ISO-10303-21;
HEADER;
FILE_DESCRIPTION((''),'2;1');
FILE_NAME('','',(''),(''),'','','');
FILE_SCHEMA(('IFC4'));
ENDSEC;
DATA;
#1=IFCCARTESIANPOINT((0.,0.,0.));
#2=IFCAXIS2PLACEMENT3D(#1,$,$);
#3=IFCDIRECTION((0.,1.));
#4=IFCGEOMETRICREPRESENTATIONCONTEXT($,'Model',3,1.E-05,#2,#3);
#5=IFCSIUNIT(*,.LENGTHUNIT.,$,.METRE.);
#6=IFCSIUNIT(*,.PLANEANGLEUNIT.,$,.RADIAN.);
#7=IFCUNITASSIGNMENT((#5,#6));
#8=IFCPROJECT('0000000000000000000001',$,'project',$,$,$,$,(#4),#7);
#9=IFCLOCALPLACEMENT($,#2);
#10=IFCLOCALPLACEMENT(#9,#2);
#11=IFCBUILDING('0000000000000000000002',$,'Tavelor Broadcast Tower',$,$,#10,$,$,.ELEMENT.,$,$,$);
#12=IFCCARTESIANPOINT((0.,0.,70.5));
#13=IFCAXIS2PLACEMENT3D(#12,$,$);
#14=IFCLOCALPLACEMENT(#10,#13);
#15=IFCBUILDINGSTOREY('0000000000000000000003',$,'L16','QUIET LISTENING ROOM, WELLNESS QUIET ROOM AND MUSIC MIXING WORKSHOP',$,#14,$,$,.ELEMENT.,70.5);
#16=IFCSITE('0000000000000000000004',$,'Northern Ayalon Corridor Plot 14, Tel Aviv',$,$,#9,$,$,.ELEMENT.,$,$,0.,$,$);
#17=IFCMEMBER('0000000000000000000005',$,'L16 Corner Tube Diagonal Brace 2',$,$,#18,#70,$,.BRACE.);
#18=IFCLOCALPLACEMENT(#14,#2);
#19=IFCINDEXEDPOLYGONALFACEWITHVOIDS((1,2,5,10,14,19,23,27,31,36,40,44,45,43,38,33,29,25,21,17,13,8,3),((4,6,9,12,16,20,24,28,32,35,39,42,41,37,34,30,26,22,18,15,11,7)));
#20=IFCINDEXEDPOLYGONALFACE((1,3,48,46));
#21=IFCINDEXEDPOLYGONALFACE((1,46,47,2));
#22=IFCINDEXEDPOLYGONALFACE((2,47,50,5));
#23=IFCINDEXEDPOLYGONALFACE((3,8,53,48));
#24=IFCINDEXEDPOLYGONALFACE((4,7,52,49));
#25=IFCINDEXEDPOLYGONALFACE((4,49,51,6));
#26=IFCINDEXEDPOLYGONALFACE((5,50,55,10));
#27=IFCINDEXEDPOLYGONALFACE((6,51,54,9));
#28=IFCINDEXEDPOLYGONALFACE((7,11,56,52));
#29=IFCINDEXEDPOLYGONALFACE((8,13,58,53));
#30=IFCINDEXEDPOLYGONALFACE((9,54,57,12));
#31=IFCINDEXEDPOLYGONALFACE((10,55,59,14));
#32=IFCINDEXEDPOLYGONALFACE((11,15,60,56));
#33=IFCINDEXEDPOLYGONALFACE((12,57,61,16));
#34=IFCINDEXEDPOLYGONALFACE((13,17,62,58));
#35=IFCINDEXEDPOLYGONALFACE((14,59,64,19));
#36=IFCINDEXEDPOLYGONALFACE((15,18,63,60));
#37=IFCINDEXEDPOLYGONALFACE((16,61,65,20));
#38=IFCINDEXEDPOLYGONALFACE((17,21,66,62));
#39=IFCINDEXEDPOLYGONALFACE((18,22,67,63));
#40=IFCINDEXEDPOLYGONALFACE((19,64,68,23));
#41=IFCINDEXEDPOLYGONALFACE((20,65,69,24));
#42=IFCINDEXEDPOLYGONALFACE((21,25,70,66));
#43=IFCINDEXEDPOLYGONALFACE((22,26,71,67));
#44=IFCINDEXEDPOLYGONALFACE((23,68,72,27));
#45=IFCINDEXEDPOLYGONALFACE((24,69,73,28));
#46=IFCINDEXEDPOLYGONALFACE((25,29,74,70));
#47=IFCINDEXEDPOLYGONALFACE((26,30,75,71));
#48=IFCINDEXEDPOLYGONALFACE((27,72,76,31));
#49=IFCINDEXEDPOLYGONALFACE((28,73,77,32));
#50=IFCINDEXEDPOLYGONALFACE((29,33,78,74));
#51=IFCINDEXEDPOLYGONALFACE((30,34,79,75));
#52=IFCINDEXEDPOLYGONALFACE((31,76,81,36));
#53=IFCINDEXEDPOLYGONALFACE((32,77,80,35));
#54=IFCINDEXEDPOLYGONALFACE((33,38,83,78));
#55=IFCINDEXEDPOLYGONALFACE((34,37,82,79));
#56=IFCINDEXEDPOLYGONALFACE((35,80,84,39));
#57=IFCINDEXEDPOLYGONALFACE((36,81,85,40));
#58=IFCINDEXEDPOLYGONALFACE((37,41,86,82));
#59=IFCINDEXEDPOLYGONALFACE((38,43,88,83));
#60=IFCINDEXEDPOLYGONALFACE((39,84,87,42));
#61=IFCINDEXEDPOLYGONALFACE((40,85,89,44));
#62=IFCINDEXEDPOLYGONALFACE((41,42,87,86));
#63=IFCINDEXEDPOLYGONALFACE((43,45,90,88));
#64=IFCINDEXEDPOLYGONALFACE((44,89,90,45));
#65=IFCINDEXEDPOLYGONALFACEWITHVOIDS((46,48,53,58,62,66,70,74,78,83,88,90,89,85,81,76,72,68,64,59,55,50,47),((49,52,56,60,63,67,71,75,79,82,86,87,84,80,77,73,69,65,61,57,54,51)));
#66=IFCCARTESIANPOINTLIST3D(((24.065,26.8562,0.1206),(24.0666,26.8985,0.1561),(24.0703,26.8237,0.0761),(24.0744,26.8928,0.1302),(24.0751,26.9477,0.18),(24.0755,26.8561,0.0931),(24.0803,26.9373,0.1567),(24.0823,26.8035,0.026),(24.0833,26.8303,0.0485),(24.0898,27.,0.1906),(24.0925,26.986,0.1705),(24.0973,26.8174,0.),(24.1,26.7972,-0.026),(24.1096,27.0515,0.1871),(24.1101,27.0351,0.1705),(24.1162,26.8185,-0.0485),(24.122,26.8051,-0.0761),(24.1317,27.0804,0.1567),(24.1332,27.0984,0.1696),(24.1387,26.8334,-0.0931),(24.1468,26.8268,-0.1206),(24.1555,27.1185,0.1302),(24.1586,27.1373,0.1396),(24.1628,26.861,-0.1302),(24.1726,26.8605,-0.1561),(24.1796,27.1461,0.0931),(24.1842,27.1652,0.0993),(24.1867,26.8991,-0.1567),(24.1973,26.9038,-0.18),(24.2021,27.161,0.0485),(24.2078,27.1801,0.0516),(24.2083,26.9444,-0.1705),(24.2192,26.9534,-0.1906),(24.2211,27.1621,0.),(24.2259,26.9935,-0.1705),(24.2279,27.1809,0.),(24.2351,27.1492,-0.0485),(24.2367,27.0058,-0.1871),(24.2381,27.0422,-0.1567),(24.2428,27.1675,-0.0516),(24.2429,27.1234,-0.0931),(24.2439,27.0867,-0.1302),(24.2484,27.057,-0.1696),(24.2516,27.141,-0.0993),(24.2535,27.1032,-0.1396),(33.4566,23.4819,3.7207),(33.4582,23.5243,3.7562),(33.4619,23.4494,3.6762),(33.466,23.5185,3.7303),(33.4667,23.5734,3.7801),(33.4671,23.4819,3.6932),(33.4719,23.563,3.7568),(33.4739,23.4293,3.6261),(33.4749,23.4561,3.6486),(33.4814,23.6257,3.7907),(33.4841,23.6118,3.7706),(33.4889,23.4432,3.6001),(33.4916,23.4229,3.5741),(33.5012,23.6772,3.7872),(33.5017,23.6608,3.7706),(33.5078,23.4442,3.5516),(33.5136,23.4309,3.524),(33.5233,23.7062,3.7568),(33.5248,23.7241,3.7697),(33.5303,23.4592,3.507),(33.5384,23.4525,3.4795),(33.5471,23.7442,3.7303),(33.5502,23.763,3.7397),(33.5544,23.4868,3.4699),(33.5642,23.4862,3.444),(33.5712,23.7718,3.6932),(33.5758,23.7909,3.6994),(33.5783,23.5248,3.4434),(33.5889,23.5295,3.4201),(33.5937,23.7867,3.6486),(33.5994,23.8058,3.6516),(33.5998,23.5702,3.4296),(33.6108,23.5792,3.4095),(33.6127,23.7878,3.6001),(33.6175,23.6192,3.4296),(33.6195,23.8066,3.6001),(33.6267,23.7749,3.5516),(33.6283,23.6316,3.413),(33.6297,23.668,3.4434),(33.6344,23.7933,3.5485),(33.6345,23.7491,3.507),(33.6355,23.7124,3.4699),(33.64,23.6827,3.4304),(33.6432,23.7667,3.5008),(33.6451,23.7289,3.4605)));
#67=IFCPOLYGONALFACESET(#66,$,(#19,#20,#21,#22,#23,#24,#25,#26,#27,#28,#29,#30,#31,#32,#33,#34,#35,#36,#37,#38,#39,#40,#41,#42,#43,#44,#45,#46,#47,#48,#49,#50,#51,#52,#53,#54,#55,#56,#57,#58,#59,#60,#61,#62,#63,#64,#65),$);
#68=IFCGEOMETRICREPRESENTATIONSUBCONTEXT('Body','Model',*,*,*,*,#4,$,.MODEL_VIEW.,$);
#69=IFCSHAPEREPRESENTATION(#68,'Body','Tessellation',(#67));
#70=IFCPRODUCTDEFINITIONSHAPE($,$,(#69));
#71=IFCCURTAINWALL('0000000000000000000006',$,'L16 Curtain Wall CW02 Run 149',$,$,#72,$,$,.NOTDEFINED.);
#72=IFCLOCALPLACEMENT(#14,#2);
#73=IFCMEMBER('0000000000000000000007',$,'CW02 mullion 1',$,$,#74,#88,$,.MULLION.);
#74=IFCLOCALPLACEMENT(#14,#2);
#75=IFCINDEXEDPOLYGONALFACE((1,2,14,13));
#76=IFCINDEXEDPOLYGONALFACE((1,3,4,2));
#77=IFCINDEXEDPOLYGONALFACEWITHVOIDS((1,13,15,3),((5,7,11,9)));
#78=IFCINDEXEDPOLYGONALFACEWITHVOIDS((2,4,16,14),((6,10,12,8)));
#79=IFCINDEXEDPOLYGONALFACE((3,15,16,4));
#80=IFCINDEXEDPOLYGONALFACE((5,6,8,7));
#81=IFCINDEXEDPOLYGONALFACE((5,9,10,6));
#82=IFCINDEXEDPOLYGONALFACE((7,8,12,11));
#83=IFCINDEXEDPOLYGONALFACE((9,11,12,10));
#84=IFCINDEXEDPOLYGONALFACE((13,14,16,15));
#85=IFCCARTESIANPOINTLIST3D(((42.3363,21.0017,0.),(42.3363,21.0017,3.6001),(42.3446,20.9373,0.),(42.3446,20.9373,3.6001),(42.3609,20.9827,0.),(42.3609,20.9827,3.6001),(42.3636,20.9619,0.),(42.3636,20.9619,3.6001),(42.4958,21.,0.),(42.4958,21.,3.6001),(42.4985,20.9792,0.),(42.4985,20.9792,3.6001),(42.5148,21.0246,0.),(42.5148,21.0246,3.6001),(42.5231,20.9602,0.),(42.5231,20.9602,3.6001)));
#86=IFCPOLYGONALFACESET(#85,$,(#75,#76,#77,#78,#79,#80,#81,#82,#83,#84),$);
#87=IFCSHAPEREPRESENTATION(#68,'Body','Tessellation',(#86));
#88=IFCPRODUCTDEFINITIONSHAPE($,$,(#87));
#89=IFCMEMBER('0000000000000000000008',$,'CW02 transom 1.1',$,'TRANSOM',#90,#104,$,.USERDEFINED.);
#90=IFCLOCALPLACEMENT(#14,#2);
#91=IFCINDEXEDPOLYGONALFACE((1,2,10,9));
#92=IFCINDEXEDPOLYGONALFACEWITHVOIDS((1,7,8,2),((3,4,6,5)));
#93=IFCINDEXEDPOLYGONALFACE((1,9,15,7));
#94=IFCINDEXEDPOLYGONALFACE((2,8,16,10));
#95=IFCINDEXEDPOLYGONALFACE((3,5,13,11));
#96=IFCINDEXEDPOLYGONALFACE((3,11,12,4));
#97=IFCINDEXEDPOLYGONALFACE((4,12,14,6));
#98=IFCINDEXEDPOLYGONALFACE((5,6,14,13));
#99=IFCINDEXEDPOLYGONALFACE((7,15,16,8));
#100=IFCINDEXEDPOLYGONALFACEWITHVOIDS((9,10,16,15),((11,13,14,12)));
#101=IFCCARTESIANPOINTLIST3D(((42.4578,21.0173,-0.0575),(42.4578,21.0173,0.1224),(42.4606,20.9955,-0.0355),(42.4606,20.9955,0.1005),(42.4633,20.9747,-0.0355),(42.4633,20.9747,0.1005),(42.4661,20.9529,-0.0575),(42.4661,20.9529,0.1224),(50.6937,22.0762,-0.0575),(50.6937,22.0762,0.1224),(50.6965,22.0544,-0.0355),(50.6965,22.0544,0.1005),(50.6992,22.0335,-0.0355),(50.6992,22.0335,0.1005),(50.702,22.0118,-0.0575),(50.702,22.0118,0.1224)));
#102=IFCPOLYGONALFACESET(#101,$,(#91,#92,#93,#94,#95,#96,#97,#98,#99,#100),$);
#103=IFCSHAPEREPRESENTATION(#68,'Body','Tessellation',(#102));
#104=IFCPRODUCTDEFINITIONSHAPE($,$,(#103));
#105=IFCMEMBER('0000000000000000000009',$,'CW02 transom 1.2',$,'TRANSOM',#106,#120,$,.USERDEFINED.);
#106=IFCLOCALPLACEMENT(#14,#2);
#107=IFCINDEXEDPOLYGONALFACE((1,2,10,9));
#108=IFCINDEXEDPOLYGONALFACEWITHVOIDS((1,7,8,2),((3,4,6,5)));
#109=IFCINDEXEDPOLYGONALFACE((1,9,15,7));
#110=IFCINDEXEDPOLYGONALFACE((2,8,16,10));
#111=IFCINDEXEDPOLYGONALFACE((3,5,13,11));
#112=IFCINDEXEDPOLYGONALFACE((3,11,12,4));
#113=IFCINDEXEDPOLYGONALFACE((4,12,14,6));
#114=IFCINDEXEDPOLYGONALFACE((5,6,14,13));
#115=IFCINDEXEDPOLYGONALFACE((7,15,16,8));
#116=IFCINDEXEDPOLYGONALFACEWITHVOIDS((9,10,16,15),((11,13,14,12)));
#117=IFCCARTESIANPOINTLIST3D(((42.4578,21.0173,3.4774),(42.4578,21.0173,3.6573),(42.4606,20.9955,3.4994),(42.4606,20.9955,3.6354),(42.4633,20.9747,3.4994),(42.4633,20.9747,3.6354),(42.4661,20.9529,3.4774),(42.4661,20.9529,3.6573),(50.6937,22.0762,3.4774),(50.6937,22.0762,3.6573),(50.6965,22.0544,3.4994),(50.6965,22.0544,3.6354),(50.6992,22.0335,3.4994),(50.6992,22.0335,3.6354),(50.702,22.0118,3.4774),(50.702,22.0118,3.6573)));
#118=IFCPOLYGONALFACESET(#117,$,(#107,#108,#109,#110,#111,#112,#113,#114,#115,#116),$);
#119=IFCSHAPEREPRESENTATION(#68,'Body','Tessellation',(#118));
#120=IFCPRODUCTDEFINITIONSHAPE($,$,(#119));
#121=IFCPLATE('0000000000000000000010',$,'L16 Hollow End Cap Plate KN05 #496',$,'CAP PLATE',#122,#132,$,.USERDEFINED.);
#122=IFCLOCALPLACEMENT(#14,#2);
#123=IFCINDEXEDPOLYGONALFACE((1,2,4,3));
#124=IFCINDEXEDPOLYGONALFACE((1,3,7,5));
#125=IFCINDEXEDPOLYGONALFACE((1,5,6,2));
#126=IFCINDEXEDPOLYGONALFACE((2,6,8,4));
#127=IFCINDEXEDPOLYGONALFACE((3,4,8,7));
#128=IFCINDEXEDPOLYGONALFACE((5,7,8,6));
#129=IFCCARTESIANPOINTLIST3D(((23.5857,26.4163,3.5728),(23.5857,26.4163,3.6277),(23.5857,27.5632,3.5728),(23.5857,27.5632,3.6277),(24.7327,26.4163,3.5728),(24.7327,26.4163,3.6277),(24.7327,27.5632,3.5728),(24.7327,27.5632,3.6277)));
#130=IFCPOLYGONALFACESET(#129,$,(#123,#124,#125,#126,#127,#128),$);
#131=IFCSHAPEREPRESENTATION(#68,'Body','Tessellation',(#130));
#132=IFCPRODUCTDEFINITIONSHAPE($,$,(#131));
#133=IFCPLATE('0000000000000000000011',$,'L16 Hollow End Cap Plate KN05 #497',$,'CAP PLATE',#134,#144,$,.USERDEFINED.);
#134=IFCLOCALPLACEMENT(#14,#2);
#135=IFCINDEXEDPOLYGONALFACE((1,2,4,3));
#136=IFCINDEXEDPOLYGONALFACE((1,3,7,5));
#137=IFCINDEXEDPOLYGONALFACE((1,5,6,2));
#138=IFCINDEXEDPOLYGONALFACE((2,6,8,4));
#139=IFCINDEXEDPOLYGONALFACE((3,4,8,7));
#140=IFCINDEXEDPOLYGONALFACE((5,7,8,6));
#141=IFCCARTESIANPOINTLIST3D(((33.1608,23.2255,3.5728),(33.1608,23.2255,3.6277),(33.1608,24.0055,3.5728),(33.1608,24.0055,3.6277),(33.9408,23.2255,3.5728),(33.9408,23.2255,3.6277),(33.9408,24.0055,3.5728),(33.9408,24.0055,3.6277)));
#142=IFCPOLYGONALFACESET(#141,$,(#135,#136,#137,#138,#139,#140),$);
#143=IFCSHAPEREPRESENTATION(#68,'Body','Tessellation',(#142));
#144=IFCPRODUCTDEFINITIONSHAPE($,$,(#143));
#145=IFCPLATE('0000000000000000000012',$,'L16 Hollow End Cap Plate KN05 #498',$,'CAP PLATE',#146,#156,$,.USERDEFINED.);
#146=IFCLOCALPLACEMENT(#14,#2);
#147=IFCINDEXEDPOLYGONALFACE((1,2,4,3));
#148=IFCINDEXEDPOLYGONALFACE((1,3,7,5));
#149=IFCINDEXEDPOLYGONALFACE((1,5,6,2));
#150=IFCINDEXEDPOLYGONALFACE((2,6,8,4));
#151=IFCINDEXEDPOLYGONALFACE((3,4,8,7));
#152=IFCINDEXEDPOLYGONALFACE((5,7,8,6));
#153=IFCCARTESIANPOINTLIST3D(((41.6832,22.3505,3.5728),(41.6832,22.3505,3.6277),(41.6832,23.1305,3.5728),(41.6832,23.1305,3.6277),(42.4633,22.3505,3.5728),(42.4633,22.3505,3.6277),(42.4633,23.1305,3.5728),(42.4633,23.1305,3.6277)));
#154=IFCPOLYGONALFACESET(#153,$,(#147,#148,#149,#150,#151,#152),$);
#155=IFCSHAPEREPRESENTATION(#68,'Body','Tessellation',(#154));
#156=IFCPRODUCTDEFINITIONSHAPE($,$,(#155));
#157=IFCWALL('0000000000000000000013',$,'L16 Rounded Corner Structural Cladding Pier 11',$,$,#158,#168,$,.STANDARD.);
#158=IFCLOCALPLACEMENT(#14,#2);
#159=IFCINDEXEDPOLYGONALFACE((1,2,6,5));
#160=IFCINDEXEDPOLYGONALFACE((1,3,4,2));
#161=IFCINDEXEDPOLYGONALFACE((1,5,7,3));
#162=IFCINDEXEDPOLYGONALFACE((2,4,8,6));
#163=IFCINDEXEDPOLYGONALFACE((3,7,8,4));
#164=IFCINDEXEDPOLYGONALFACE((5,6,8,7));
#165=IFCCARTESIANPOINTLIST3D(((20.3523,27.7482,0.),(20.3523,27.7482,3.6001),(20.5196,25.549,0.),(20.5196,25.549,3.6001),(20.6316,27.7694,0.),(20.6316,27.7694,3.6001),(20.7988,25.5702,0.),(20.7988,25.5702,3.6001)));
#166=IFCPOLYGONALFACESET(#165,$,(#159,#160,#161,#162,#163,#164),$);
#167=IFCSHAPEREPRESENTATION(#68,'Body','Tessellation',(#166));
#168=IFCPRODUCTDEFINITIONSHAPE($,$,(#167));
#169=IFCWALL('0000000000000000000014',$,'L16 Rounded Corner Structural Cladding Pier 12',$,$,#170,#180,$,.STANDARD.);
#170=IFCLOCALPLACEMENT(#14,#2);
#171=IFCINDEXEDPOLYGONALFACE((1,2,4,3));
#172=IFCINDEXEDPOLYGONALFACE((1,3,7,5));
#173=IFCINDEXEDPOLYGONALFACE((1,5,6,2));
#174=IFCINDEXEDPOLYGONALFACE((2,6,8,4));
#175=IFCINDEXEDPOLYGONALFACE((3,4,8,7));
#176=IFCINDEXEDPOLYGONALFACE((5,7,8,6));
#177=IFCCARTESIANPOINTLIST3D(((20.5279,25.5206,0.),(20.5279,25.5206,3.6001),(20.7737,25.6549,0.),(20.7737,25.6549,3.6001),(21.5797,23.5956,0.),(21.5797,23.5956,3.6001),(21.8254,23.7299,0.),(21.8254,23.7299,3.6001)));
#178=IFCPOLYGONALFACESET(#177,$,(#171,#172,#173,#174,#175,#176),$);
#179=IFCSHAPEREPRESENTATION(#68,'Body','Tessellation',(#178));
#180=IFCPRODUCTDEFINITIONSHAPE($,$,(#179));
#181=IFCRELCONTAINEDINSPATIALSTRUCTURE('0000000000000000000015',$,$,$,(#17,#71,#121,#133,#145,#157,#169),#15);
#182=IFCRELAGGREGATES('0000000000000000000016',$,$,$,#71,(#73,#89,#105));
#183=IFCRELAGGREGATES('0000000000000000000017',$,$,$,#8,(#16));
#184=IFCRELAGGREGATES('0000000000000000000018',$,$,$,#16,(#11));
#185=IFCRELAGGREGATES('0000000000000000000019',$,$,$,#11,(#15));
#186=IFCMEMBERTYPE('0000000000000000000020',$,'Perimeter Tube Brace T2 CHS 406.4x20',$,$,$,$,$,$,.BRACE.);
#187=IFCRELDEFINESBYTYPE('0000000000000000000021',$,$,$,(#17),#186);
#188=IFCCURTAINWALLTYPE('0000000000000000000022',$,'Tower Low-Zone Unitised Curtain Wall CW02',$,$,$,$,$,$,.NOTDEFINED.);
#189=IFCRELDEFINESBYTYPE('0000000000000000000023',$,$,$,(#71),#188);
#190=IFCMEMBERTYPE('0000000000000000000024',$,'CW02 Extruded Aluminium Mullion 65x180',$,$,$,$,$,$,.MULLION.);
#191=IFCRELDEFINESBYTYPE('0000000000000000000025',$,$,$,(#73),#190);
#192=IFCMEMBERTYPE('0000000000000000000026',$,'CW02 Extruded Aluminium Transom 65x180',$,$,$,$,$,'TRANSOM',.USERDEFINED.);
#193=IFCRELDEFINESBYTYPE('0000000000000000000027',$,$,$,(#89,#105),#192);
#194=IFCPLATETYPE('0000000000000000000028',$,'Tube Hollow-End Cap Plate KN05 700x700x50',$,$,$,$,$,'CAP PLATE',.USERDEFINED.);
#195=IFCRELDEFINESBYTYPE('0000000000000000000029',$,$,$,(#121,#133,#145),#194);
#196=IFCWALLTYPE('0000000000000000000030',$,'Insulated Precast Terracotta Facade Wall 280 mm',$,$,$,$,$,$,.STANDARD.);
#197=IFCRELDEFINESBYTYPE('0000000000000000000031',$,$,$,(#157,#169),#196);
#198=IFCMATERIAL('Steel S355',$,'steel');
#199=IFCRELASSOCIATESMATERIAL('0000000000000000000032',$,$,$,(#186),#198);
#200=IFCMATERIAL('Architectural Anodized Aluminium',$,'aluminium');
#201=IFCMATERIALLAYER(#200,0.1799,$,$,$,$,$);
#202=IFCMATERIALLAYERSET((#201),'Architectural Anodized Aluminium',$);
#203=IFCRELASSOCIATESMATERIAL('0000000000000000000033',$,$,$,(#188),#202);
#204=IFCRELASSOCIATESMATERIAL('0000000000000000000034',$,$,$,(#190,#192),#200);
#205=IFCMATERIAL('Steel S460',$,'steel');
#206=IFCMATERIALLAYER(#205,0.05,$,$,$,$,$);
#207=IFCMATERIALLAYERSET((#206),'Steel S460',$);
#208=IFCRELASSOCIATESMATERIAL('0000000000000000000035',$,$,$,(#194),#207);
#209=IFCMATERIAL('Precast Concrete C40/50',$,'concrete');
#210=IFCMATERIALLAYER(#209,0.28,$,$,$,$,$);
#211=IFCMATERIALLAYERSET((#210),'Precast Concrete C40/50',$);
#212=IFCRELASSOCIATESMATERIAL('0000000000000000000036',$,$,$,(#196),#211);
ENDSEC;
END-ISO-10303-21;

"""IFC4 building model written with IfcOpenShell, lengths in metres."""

from ifc_helpers import new_model, si_unit, direction, frame, frame_2d, origin, origin_2d, place, context, subcontext, project, spatial, rectangle, hollow_rectangle, hollow_circle, extrude, source, transform, mapped, material, layer, layer_set, material_profile, profile_set, type_object, type_shapes, element, aggregate, save


model = new_model("IFC4")

# Units and contexts
model_context = context("Model", 3, precision=1e-05, world=origin(), true_north=direction((0.0, 1.0)))
body_context = subcontext(model_context, "Body", "Model", "MODEL_VIEW")
ifc_project = project(units=[si_unit("LENGTHUNIT", "METRE"), si_unit("PLANEANGLEUNIT", "RADIAN")], contexts=[model_context])

# Site, building, storey
site_placement = place(None, origin())
site = spatial("IfcSite", under=ifc_project, at=site_placement, Name="Northern Ayalon Corridor Plot 14, Tel Aviv", CompositionType="ELEMENT", RefElevation=0.0)
building_placement = place(site_placement, origin())
building = spatial("IfcBuilding", under=site, at=building_placement, Name="Tavelor Broadcast Tower", CompositionType="ELEMENT")
storey_placement = place(building_placement, frame((0.0, 0.0, 70.5)))
storey = spatial("IfcBuildingStorey", under=building, at=storey_placement, Name="L16", Description="QUIET LISTENING ROOM, WELLNESS QUIET ROOM AND MUSIC MIXING WORKSHOP", CompositionType="ELEMENT", Elevation=70.5)

# Shared definitions
ifc_material_1 = material(Name="Steel S460", Category="steel")

# Shared definitions
ifc_material_2 = material(Name="Steel S355", Category="steel")

# Member
ifc_material_profile_1 = material_profile(ifc_material_2, hollow_circle(Radius=0.2031, WallThickness=0.02, at=origin_2d()), Name="CHS 406.4x20")
ifc_profile_set_1 = profile_set([ifc_material_profile_1], Name="Steel S355")
member_type_1 = type_object("IfcMemberType", Name="Perimeter Tube Brace T2 CHS 406.4x20", PredefinedType="BRACE", material=ifc_profile_set_1)
member_1_placement = place(storey_placement, frame((24.1592, 26.9897, 0.0), z_axis=(0.885258, -0.31806, 0.339347), x_axis=(0.338124, 0.941101, 0.0)))
element("IfcMember", 1, at=member_1_placement, inside=storey, type_object=member_type_1, Name="L16 Corner Tube Diagonal Brace 2", PredefinedType="BRACE", context=body_context, shape_type="SweptSolid", body=[
    extrude(hollow_circle(Radius=0.2031, WallThickness=0.02, at=origin_2d()), origin(), (0.0, 0.0, 1.0), 10.6089),
])

# Curtain wall, members
ifc_material_3 = material(Name="Architectural Anodized Aluminium", Category="aluminium")
ifc_layer_1 = layer(ifc_material_3, 0.1799)
ifc_layer_set_1 = layer_set([ifc_layer_1], Name="Architectural Anodized Aluminium")
curtain_wall_type = type_object("IfcCurtainWallType", Name="Tower Low-Zone Unitised Curtain Wall CW02", PredefinedType="NOTDEFINED", material=ifc_layer_set_1)
curtain_wall_placement = place(storey_placement, origin())
curtain_wall = element("IfcCurtainWall", 2, at=curtain_wall_placement, inside=storey, type_object=curtain_wall_type, Name="L16 Curtain Wall CW02 Run 149", PredefinedType="NOTDEFINED")
ifc_material_profile_2 = material_profile(ifc_material_3, hollow_rectangle(XDim=0.0649, YDim=0.1799, WallThickness=0.022, at=origin_2d()), Name="RHS 65x180x22")
ifc_profile_set_2 = profile_set([ifc_material_profile_2], Name="Architectural Anodized Aluminium")
member_type_2 = type_object("IfcMemberType", Name="CW02 Extruded Aluminium Mullion 65x180", PredefinedType="MULLION", material=ifc_profile_set_2)
shared_shape_1 = source(origin(), body_context, "Body", "SweptSolid", [
    extrude(hollow_rectangle(XDim=0.0649, YDim=0.1799, WallThickness=0.022, at=origin_2d()), origin(), (0.0, 0.0, 1.0), 3.6001),
])
type_shapes(member_type_2, [shared_shape_1])
member_2_placement = place(storey_placement, frame((42.4297, 20.981, 0.0), z_axis=(0.0, 0.0, 1.0), x_axis=(-0.127501, 0.991838, 0.0)))
member_2 = element("IfcMember", 3, at=member_2_placement, type_object=member_type_2, Name="CW02 mullion 1", PredefinedType="MULLION", context=body_context, shape_type="MappedRepresentation", body=[
    mapped(shared_shape_1, transform((0.0, 0.0, 0.0), scale=1.0)),
])
ifc_material_profile_3 = material_profile(ifc_material_3, hollow_rectangle(XDim=0.0649, YDim=0.1799, WallThickness=0.022, at=origin_2d()), Name="RHS 65x180x22")
ifc_profile_set_3 = profile_set([ifc_material_profile_3], Name="Architectural Anodized Aluminium")
member_type_3 = type_object("IfcMemberType", Name="CW02 Extruded Aluminium Transom 65x180", ElementType="TRANSOM", PredefinedType="USERDEFINED", material=ifc_profile_set_3)
shared_shape_2 = source(origin(), body_context, "Body", "SweptSolid", [
    extrude(hollow_rectangle(XDim=0.0649, YDim=0.1799, WallThickness=0.022, at=origin_2d()), origin(), (0.0, 0.0, 1.0), 8.3037),
])
type_shapes(member_type_3, [shared_shape_2])
member_3_placement = place(storey_placement, frame((42.4619, 20.9851, 0.0325), z_axis=(0.991837, 0.127515, 0.0), x_axis=(-0.127515, 0.991837, 0.0)))
member_3 = element("IfcMember", 4, at=member_3_placement, type_object=member_type_3, Name="CW02 transom 1.1", ObjectType="TRANSOM", PredefinedType="USERDEFINED", context=body_context, shape_type="MappedRepresentation", body=[
    mapped(shared_shape_2, transform((0.0, 0.0, 0.0), scale=1.0)),
])
member_4_placement = place(storey_placement, frame((42.4619, 20.9851, 3.5674), z_axis=(0.991837, 0.127515, 0.0), x_axis=(-0.127515, 0.991837, 0.0)))
member_4 = element("IfcMember", 5, at=member_4_placement, type_object=member_type_3, Name="CW02 transom 1.2", ObjectType="TRANSOM", PredefinedType="USERDEFINED", context=body_context, shape_type="MappedRepresentation", body=[
    mapped(shared_shape_2, transform((0.0, 0.0, 0.0), scale=1.0)),
])
aggregate(curtain_wall, [member_2, member_3, member_4])

# Plates
ifc_layer_2 = layer(ifc_material_1, 0.05)
ifc_layer_set_2 = layer_set([ifc_layer_2], Name="Steel S460")
plate_type = type_object("IfcPlateType", Name="Tube Hollow-End Cap Plate KN05 700x700x50", ElementType="CAP PLATE", PredefinedType="USERDEFINED", material=ifc_layer_set_2)
shared_shape_3 = source(origin(), body_context, "Body", "SweptSolid", [
    extrude(rectangle(XDim=1.147, YDim=1.147, at=origin_2d()), origin(), (0.0, 0.0, 1.0), 0.0549),
])
plate_placement = place(storey_placement, frame((24.1592, 26.9897, 3.5728), z_axis=(0.0, 0.0, 1.0), x_axis=(1.0, 0.0, 0.0)))
element("IfcPlate", 6, at=plate_placement, inside=storey, type_object=plate_type, Name="L16 Hollow End Cap Plate KN05 #496", ObjectType="CAP PLATE", PredefinedType="USERDEFINED", context=body_context, shape_type="MappedRepresentation", body=[
    mapped(shared_shape_3, transform((0.0, 0.0, 0.0), scale=1.0)),
])
shared_shape_4 = source(origin(), body_context, "Body", "SweptSolid", [
    extrude(rectangle(XDim=0.78, YDim=0.78, at=origin_2d()), origin(), (0.0, 0.0, 1.0), 0.0549),
])
type_shapes(plate_type, [shared_shape_3, shared_shape_4])
for number, where, z_axis, x_axis, name in (
    (7, (33.5508, 23.6155, 3.5728), (0.0, 0.0, 1.0), (1.0, 0.0, 0.0), "L16 Hollow End Cap Plate KN05 #497"),
    (8, (42.0732, 22.7405, 3.5728), (0.0, 0.0, 1.0), (1.0, 0.0, 0.0), "L16 Hollow End Cap Plate KN05 #498"),
):
    element("IfcPlate", number, at=place(storey_placement, frame(where, z_axis=z_axis, x_axis=x_axis)), inside=storey, type_object=plate_type, Name=name, ObjectType="CAP PLATE", PredefinedType="USERDEFINED", context=body_context, shape_type="MappedRepresentation", body=[
        mapped(shared_shape_4, transform((0.0, 0.0, 0.0), scale=1.0)),
    ])

# Walls
ifc_material_4 = material(Name="Precast Concrete C40/50", Category="concrete")
ifc_layer_3 = layer(ifc_material_4, 0.28)
ifc_layer_set_3 = layer_set([ifc_layer_3], Name="Precast Concrete C40/50")
wall_type = type_object("IfcWallType", Name="Insulated Precast Terracotta Facade Wall 280 mm", PredefinedType="STANDARD", material=ifc_layer_set_3)
wall_1_placement = place(storey_placement, frame((20.4919, 27.7588, 0.0), z_axis=(0.0, 0.0, 1.0), x_axis=(0.075825, -0.997121, 0.0)))
element("IfcWall", 9, at=wall_1_placement, inside=storey, type_object=wall_type, Name="L16 Rounded Corner Structural Cladding Pier 11", PredefinedType="STANDARD", context=body_context, shape_type="SweptSolid", body=[
    extrude(rectangle(XDim=2.2056, YDim=0.28, at=frame_2d((1.1028, 0.0))), origin(), (0.0, 0.0, 1.0), 3.6001),
])
wall_2_placement = place(storey_placement, frame((20.6509, 25.5876, 0.0), z_axis=(0.0, 0.0, 1.0), x_axis=(0.47946, -0.877564, 0.0)))
element("IfcWall", 10, at=wall_2_placement, inside=storey, type_object=wall_type, Name="L16 Rounded Corner Structural Cladding Pier 12", PredefinedType="STANDARD", context=body_context, shape_type="SweptSolid", body=[
    extrude(rectangle(XDim=2.1936, YDim=0.28, at=frame_2d((1.0967, 0.0))), origin(), (0.0, 0.0, 1.0), 3.6001),
])

save(model, "model.ifc")
